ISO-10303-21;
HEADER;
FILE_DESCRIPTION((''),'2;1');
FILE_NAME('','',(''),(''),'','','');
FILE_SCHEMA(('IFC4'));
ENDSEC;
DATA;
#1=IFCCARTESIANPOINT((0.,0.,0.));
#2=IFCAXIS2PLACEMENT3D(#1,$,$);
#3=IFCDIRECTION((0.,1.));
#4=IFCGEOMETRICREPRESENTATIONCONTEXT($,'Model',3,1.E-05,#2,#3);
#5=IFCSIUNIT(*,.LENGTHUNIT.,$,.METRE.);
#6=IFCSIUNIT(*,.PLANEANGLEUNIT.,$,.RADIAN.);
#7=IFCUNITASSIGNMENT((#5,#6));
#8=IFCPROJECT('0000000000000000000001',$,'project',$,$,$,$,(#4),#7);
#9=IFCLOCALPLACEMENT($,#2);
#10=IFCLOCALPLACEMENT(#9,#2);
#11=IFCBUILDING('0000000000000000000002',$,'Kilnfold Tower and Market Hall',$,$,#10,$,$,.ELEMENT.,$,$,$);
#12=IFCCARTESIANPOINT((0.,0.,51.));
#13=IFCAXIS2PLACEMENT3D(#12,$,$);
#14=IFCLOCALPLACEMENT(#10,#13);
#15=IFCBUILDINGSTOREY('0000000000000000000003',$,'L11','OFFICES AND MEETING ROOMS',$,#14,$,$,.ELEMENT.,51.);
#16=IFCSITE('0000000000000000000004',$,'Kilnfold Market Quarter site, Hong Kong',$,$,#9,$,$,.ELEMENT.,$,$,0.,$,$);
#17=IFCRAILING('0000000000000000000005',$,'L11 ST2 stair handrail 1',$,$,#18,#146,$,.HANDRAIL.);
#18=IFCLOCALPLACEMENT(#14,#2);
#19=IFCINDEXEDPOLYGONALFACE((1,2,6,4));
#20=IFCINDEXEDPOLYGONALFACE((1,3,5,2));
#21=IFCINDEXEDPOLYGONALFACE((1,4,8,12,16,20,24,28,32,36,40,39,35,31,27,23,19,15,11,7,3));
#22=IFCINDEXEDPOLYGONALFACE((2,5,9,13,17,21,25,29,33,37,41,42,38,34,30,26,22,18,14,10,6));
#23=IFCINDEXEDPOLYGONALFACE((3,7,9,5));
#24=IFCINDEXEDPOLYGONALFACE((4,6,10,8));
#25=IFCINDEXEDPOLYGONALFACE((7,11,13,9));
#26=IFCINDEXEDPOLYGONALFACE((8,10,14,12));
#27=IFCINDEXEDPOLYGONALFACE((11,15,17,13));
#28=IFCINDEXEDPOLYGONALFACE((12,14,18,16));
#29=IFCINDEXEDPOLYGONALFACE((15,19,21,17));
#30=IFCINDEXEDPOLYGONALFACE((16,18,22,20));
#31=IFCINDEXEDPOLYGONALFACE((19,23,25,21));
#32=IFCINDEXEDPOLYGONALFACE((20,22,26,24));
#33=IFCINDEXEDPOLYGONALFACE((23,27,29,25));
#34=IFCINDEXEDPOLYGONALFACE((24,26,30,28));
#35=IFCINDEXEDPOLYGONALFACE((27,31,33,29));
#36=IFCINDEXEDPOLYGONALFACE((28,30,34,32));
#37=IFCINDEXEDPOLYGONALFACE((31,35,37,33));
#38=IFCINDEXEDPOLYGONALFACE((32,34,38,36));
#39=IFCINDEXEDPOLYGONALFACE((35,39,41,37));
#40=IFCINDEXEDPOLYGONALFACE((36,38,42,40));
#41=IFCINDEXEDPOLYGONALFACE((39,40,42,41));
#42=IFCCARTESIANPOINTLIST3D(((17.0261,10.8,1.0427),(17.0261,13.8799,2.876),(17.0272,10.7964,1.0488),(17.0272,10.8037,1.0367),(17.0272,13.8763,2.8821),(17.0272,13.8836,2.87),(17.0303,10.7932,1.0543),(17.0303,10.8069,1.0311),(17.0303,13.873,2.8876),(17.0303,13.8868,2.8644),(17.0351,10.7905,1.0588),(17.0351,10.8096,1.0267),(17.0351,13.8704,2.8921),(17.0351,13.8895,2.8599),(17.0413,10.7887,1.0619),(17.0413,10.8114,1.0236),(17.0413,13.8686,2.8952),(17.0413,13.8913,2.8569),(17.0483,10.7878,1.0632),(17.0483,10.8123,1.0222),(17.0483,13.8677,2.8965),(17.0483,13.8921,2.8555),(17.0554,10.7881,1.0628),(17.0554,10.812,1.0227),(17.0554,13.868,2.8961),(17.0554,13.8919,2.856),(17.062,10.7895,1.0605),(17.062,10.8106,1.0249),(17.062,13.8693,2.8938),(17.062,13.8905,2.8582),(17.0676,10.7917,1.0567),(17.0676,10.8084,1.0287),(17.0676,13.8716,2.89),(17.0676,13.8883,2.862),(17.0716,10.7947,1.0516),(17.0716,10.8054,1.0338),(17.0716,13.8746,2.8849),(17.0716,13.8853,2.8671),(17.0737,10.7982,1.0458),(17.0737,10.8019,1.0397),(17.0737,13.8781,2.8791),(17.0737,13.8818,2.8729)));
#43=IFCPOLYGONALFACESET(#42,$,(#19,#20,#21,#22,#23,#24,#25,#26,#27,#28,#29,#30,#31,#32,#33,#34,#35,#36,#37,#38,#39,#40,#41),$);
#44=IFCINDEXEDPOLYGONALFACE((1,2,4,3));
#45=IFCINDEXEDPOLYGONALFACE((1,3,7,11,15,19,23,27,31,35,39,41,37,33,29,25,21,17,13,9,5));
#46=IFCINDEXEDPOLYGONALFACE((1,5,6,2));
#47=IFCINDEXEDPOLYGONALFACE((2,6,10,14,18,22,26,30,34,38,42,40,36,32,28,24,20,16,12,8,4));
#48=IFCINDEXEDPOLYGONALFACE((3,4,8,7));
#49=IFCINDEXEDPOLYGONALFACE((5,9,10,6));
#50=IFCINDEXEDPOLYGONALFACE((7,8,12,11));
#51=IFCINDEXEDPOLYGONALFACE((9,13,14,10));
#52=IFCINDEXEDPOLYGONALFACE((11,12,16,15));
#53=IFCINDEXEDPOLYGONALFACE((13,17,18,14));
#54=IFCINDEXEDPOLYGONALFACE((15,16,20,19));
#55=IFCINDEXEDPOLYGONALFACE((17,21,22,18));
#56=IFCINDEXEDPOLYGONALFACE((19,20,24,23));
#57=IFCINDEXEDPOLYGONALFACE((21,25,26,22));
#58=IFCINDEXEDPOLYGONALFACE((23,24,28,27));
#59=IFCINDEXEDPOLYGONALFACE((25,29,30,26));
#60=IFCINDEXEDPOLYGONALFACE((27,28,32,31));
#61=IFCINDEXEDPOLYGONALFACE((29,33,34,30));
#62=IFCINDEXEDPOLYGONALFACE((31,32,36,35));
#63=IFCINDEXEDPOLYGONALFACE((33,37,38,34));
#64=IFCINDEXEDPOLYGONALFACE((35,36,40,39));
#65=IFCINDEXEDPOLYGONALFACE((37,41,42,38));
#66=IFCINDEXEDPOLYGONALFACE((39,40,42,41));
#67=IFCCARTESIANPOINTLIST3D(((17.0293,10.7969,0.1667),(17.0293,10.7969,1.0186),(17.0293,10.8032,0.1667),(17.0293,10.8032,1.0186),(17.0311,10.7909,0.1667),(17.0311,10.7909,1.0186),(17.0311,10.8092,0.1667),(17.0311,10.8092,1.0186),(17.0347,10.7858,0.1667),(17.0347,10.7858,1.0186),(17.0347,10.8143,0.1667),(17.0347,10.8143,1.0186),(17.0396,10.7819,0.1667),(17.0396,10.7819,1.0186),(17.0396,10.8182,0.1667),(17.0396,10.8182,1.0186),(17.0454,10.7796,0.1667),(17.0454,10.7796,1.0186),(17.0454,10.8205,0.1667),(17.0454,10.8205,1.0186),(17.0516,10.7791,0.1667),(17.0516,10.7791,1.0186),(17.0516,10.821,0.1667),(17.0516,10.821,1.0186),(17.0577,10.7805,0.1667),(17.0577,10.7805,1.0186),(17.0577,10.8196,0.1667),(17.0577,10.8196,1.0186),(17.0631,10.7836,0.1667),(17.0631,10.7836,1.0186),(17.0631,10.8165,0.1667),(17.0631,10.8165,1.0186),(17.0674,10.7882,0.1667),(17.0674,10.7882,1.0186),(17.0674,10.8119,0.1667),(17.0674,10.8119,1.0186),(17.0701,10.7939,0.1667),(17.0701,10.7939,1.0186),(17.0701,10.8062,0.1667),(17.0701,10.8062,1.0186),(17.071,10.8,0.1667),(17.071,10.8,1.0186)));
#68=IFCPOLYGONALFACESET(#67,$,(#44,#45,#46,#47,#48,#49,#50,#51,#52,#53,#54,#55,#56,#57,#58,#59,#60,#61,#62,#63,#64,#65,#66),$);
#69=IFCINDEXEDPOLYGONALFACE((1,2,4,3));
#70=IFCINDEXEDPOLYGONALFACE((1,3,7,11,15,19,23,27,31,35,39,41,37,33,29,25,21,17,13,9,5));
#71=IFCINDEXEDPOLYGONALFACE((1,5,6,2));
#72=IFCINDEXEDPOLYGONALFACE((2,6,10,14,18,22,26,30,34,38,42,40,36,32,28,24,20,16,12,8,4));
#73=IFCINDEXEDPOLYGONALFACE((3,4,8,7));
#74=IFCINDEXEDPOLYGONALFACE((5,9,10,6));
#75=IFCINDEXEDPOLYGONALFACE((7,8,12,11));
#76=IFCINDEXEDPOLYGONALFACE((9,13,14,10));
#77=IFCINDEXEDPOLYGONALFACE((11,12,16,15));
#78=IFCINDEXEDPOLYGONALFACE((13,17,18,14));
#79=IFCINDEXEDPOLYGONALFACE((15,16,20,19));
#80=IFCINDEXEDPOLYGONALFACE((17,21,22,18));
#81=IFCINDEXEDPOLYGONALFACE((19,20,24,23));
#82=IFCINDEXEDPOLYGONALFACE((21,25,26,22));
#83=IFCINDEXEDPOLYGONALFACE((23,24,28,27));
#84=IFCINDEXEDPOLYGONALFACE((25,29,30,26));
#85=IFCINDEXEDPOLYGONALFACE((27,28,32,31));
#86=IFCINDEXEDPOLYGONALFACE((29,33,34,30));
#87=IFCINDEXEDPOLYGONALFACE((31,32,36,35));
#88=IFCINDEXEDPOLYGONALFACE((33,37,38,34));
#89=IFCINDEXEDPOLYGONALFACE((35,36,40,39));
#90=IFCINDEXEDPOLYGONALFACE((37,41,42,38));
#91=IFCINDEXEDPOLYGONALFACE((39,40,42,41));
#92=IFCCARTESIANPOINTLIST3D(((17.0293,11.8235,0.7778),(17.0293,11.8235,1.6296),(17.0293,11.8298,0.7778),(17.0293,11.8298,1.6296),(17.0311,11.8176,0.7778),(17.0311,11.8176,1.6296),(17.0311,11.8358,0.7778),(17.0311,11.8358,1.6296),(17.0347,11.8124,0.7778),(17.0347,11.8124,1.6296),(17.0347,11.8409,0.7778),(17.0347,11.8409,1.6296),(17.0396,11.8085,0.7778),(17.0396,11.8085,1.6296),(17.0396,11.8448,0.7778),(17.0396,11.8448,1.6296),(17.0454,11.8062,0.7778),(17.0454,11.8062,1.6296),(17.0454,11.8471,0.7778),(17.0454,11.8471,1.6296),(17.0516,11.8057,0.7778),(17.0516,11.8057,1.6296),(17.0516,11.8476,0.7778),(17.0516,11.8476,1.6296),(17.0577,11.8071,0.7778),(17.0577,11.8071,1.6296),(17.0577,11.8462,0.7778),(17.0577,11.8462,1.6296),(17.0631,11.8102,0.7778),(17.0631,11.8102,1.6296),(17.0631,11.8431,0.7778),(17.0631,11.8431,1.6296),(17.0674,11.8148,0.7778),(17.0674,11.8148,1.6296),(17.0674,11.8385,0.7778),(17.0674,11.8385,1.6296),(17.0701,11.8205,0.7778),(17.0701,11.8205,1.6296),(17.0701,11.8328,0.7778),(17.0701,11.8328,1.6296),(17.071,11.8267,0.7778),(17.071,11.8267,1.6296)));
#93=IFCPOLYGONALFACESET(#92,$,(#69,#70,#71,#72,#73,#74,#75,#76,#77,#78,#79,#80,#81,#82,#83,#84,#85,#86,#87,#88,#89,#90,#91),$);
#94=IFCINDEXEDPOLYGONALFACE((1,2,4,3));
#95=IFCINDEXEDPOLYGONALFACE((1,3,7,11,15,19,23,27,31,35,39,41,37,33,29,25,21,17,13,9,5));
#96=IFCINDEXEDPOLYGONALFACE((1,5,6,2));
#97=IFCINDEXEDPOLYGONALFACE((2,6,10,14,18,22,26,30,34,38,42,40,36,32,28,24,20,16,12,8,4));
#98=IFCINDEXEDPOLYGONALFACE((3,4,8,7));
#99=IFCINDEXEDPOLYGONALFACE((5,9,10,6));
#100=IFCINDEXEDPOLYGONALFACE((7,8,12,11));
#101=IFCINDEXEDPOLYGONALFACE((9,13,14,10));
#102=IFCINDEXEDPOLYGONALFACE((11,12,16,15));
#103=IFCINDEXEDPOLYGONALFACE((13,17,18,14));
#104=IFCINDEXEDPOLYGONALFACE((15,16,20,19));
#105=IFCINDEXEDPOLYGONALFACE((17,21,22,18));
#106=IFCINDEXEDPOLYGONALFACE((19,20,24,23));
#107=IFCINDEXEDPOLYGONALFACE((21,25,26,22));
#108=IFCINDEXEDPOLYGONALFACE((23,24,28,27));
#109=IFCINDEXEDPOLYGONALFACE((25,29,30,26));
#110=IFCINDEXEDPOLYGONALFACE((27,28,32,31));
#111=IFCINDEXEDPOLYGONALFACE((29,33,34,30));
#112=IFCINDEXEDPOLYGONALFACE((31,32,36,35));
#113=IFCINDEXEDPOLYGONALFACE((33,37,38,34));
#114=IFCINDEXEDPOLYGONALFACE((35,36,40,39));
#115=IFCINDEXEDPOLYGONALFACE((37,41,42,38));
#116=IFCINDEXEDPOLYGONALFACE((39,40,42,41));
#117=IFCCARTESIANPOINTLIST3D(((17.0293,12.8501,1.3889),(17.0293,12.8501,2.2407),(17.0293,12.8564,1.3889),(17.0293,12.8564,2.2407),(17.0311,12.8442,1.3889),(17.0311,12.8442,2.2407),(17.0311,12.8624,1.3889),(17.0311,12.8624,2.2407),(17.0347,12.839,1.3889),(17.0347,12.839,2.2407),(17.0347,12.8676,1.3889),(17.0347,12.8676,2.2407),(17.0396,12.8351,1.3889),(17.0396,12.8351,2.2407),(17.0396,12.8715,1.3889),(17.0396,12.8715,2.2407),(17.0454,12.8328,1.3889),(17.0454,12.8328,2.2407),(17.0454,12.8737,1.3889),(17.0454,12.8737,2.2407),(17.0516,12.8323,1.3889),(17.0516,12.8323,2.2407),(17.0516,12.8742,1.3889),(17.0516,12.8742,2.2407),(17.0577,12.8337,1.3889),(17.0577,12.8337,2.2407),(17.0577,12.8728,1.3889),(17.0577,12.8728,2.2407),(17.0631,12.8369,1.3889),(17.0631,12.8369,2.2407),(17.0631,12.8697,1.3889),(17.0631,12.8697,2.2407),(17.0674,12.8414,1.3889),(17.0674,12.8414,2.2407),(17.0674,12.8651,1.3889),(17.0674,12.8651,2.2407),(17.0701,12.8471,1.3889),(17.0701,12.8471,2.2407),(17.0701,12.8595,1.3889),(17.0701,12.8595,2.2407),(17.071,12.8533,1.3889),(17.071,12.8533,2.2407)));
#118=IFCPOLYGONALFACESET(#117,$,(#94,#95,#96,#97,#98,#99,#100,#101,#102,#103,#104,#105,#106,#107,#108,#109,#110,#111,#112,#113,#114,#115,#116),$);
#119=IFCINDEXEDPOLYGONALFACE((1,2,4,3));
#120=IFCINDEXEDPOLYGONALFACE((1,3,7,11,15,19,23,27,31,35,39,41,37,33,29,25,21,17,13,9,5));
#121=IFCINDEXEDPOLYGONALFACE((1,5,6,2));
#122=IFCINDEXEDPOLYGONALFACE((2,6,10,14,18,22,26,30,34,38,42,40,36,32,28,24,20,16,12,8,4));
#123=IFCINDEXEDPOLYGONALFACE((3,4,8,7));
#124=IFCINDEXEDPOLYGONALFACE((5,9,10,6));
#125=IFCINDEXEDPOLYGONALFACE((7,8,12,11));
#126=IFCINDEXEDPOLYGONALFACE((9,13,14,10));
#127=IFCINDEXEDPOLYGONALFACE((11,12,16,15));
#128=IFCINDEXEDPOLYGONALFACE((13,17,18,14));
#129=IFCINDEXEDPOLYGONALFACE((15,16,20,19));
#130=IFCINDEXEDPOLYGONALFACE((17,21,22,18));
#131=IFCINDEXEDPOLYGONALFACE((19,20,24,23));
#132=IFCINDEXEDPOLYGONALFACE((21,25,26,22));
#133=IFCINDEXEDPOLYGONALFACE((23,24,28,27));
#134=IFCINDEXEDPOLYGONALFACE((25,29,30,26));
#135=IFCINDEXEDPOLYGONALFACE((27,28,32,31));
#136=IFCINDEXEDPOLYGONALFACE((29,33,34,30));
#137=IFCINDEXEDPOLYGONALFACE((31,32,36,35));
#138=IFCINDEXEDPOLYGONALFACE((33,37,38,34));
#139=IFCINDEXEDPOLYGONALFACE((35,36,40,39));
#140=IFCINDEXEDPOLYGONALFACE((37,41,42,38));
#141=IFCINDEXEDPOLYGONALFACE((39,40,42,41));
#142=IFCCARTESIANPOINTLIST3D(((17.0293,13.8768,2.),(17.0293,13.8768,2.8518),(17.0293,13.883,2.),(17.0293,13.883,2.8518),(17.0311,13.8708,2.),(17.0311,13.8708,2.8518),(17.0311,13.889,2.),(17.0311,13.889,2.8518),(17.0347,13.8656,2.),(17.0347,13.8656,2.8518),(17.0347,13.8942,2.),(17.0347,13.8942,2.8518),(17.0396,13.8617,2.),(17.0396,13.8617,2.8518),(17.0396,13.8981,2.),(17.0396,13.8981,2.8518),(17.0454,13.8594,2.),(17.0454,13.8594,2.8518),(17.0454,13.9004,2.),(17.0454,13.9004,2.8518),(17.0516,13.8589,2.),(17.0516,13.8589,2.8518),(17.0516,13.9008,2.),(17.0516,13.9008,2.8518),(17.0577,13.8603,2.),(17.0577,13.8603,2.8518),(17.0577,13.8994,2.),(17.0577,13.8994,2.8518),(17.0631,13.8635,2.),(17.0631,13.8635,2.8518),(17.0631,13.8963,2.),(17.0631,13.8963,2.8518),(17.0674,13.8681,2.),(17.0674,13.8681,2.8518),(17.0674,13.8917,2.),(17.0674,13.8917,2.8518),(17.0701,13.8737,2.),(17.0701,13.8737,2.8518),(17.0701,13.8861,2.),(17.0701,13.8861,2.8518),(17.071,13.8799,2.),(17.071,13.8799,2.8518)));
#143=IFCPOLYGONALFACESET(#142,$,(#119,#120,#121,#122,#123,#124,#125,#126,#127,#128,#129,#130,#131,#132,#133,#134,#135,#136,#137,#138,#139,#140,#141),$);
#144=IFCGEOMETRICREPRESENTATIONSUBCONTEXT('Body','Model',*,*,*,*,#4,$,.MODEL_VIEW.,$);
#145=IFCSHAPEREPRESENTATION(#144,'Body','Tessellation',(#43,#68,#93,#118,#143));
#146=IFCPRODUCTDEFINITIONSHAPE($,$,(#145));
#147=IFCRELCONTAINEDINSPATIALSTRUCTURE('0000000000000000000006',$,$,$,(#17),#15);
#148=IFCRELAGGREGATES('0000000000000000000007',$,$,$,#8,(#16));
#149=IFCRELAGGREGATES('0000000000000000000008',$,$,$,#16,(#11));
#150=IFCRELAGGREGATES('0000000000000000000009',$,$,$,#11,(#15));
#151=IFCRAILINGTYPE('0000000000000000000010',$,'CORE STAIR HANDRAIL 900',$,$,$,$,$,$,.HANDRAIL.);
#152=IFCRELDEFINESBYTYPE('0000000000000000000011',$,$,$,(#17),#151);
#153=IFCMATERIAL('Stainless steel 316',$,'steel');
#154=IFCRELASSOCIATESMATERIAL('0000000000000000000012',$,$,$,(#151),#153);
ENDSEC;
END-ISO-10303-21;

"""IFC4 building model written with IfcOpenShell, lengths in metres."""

from ifc_helpers import new_model, si_unit, direction, frame, origin, origin_2d, place, context, subcontext, project, spatial, circle, extrude, material, type_object, element, save


model = new_model("IFC4")

# Units and contexts
model_context = context("Model", 3, precision=1e-05, world=origin(), true_north=direction((0.0, 1.0)))
body_context = subcontext(model_context, "Body", "Model", "MODEL_VIEW")
ifc_project = project(units=[si_unit("LENGTHUNIT", "METRE"), si_unit("PLANEANGLEUNIT", "RADIAN")], contexts=[model_context])

# Site, building, storey
site_placement = place(None, origin())
site = spatial("IfcSite", under=ifc_project, at=site_placement, Name="Kilnfold Market Quarter site, Hong Kong", CompositionType="ELEMENT", RefElevation=0.0)
building_placement = place(site_placement, origin())
building = spatial("IfcBuilding", under=site, at=building_placement, Name="Kilnfold Tower and Market Hall", CompositionType="ELEMENT")
storey_placement = place(building_placement, frame((0.0, 0.0, 51.0)))
storey = spatial("IfcBuildingStorey", under=building, at=storey_placement, Name="L11", Description="OFFICES AND MEETING ROOMS", CompositionType="ELEMENT", Elevation=51.0)

# Railing
ifc_material_1 = material(Name="Stainless steel 316", Category="steel")
railing_type_1 = type_object("IfcRailingType", Name="CORE STAIR HANDRAIL 900", PredefinedType="HANDRAIL", material=ifc_material_1)
railing_1_placement = place(storey_placement, frame((17.05, 10.8, 0.1667)))
element("IfcRailing", 1, at=railing_1_placement, inside=storey, type_object=railing_type_1, Name="L11 ST2 stair handrail 1", PredefinedType="HANDRAIL", context=body_context, shape_type="SweptSolid", body=[
    extrude(circle(Radius=0.0239, at=origin_2d()), frame((0.0, 0.0, 0.876), z_axis=(0.0, 0.859291, 0.511487), x_axis=(-1.0, 0.0, 0.0)), (0.0, 0.0, 1.0), 3.5842),
    extrude(circle(Radius=0.021, at=origin_2d()), origin(), (0.0, 0.0, 1.0), 0.8518),
    extrude(circle(Radius=0.021, at=origin_2d()), frame((0.0, 1.0266, 0.6111)), (0.0, 0.0, 1.0), 0.8518),
    extrude(circle(Radius=0.021, at=origin_2d()), frame((0.0, 2.0532, 1.2222)), (0.0, 0.0, 1.0), 0.8518),
    extrude(circle(Radius=0.021, at=origin_2d()), frame((0.0, 3.0798, 1.8333)), (0.0, 0.0, 1.0), 0.8518),
])

save(model, "model.ifc")
